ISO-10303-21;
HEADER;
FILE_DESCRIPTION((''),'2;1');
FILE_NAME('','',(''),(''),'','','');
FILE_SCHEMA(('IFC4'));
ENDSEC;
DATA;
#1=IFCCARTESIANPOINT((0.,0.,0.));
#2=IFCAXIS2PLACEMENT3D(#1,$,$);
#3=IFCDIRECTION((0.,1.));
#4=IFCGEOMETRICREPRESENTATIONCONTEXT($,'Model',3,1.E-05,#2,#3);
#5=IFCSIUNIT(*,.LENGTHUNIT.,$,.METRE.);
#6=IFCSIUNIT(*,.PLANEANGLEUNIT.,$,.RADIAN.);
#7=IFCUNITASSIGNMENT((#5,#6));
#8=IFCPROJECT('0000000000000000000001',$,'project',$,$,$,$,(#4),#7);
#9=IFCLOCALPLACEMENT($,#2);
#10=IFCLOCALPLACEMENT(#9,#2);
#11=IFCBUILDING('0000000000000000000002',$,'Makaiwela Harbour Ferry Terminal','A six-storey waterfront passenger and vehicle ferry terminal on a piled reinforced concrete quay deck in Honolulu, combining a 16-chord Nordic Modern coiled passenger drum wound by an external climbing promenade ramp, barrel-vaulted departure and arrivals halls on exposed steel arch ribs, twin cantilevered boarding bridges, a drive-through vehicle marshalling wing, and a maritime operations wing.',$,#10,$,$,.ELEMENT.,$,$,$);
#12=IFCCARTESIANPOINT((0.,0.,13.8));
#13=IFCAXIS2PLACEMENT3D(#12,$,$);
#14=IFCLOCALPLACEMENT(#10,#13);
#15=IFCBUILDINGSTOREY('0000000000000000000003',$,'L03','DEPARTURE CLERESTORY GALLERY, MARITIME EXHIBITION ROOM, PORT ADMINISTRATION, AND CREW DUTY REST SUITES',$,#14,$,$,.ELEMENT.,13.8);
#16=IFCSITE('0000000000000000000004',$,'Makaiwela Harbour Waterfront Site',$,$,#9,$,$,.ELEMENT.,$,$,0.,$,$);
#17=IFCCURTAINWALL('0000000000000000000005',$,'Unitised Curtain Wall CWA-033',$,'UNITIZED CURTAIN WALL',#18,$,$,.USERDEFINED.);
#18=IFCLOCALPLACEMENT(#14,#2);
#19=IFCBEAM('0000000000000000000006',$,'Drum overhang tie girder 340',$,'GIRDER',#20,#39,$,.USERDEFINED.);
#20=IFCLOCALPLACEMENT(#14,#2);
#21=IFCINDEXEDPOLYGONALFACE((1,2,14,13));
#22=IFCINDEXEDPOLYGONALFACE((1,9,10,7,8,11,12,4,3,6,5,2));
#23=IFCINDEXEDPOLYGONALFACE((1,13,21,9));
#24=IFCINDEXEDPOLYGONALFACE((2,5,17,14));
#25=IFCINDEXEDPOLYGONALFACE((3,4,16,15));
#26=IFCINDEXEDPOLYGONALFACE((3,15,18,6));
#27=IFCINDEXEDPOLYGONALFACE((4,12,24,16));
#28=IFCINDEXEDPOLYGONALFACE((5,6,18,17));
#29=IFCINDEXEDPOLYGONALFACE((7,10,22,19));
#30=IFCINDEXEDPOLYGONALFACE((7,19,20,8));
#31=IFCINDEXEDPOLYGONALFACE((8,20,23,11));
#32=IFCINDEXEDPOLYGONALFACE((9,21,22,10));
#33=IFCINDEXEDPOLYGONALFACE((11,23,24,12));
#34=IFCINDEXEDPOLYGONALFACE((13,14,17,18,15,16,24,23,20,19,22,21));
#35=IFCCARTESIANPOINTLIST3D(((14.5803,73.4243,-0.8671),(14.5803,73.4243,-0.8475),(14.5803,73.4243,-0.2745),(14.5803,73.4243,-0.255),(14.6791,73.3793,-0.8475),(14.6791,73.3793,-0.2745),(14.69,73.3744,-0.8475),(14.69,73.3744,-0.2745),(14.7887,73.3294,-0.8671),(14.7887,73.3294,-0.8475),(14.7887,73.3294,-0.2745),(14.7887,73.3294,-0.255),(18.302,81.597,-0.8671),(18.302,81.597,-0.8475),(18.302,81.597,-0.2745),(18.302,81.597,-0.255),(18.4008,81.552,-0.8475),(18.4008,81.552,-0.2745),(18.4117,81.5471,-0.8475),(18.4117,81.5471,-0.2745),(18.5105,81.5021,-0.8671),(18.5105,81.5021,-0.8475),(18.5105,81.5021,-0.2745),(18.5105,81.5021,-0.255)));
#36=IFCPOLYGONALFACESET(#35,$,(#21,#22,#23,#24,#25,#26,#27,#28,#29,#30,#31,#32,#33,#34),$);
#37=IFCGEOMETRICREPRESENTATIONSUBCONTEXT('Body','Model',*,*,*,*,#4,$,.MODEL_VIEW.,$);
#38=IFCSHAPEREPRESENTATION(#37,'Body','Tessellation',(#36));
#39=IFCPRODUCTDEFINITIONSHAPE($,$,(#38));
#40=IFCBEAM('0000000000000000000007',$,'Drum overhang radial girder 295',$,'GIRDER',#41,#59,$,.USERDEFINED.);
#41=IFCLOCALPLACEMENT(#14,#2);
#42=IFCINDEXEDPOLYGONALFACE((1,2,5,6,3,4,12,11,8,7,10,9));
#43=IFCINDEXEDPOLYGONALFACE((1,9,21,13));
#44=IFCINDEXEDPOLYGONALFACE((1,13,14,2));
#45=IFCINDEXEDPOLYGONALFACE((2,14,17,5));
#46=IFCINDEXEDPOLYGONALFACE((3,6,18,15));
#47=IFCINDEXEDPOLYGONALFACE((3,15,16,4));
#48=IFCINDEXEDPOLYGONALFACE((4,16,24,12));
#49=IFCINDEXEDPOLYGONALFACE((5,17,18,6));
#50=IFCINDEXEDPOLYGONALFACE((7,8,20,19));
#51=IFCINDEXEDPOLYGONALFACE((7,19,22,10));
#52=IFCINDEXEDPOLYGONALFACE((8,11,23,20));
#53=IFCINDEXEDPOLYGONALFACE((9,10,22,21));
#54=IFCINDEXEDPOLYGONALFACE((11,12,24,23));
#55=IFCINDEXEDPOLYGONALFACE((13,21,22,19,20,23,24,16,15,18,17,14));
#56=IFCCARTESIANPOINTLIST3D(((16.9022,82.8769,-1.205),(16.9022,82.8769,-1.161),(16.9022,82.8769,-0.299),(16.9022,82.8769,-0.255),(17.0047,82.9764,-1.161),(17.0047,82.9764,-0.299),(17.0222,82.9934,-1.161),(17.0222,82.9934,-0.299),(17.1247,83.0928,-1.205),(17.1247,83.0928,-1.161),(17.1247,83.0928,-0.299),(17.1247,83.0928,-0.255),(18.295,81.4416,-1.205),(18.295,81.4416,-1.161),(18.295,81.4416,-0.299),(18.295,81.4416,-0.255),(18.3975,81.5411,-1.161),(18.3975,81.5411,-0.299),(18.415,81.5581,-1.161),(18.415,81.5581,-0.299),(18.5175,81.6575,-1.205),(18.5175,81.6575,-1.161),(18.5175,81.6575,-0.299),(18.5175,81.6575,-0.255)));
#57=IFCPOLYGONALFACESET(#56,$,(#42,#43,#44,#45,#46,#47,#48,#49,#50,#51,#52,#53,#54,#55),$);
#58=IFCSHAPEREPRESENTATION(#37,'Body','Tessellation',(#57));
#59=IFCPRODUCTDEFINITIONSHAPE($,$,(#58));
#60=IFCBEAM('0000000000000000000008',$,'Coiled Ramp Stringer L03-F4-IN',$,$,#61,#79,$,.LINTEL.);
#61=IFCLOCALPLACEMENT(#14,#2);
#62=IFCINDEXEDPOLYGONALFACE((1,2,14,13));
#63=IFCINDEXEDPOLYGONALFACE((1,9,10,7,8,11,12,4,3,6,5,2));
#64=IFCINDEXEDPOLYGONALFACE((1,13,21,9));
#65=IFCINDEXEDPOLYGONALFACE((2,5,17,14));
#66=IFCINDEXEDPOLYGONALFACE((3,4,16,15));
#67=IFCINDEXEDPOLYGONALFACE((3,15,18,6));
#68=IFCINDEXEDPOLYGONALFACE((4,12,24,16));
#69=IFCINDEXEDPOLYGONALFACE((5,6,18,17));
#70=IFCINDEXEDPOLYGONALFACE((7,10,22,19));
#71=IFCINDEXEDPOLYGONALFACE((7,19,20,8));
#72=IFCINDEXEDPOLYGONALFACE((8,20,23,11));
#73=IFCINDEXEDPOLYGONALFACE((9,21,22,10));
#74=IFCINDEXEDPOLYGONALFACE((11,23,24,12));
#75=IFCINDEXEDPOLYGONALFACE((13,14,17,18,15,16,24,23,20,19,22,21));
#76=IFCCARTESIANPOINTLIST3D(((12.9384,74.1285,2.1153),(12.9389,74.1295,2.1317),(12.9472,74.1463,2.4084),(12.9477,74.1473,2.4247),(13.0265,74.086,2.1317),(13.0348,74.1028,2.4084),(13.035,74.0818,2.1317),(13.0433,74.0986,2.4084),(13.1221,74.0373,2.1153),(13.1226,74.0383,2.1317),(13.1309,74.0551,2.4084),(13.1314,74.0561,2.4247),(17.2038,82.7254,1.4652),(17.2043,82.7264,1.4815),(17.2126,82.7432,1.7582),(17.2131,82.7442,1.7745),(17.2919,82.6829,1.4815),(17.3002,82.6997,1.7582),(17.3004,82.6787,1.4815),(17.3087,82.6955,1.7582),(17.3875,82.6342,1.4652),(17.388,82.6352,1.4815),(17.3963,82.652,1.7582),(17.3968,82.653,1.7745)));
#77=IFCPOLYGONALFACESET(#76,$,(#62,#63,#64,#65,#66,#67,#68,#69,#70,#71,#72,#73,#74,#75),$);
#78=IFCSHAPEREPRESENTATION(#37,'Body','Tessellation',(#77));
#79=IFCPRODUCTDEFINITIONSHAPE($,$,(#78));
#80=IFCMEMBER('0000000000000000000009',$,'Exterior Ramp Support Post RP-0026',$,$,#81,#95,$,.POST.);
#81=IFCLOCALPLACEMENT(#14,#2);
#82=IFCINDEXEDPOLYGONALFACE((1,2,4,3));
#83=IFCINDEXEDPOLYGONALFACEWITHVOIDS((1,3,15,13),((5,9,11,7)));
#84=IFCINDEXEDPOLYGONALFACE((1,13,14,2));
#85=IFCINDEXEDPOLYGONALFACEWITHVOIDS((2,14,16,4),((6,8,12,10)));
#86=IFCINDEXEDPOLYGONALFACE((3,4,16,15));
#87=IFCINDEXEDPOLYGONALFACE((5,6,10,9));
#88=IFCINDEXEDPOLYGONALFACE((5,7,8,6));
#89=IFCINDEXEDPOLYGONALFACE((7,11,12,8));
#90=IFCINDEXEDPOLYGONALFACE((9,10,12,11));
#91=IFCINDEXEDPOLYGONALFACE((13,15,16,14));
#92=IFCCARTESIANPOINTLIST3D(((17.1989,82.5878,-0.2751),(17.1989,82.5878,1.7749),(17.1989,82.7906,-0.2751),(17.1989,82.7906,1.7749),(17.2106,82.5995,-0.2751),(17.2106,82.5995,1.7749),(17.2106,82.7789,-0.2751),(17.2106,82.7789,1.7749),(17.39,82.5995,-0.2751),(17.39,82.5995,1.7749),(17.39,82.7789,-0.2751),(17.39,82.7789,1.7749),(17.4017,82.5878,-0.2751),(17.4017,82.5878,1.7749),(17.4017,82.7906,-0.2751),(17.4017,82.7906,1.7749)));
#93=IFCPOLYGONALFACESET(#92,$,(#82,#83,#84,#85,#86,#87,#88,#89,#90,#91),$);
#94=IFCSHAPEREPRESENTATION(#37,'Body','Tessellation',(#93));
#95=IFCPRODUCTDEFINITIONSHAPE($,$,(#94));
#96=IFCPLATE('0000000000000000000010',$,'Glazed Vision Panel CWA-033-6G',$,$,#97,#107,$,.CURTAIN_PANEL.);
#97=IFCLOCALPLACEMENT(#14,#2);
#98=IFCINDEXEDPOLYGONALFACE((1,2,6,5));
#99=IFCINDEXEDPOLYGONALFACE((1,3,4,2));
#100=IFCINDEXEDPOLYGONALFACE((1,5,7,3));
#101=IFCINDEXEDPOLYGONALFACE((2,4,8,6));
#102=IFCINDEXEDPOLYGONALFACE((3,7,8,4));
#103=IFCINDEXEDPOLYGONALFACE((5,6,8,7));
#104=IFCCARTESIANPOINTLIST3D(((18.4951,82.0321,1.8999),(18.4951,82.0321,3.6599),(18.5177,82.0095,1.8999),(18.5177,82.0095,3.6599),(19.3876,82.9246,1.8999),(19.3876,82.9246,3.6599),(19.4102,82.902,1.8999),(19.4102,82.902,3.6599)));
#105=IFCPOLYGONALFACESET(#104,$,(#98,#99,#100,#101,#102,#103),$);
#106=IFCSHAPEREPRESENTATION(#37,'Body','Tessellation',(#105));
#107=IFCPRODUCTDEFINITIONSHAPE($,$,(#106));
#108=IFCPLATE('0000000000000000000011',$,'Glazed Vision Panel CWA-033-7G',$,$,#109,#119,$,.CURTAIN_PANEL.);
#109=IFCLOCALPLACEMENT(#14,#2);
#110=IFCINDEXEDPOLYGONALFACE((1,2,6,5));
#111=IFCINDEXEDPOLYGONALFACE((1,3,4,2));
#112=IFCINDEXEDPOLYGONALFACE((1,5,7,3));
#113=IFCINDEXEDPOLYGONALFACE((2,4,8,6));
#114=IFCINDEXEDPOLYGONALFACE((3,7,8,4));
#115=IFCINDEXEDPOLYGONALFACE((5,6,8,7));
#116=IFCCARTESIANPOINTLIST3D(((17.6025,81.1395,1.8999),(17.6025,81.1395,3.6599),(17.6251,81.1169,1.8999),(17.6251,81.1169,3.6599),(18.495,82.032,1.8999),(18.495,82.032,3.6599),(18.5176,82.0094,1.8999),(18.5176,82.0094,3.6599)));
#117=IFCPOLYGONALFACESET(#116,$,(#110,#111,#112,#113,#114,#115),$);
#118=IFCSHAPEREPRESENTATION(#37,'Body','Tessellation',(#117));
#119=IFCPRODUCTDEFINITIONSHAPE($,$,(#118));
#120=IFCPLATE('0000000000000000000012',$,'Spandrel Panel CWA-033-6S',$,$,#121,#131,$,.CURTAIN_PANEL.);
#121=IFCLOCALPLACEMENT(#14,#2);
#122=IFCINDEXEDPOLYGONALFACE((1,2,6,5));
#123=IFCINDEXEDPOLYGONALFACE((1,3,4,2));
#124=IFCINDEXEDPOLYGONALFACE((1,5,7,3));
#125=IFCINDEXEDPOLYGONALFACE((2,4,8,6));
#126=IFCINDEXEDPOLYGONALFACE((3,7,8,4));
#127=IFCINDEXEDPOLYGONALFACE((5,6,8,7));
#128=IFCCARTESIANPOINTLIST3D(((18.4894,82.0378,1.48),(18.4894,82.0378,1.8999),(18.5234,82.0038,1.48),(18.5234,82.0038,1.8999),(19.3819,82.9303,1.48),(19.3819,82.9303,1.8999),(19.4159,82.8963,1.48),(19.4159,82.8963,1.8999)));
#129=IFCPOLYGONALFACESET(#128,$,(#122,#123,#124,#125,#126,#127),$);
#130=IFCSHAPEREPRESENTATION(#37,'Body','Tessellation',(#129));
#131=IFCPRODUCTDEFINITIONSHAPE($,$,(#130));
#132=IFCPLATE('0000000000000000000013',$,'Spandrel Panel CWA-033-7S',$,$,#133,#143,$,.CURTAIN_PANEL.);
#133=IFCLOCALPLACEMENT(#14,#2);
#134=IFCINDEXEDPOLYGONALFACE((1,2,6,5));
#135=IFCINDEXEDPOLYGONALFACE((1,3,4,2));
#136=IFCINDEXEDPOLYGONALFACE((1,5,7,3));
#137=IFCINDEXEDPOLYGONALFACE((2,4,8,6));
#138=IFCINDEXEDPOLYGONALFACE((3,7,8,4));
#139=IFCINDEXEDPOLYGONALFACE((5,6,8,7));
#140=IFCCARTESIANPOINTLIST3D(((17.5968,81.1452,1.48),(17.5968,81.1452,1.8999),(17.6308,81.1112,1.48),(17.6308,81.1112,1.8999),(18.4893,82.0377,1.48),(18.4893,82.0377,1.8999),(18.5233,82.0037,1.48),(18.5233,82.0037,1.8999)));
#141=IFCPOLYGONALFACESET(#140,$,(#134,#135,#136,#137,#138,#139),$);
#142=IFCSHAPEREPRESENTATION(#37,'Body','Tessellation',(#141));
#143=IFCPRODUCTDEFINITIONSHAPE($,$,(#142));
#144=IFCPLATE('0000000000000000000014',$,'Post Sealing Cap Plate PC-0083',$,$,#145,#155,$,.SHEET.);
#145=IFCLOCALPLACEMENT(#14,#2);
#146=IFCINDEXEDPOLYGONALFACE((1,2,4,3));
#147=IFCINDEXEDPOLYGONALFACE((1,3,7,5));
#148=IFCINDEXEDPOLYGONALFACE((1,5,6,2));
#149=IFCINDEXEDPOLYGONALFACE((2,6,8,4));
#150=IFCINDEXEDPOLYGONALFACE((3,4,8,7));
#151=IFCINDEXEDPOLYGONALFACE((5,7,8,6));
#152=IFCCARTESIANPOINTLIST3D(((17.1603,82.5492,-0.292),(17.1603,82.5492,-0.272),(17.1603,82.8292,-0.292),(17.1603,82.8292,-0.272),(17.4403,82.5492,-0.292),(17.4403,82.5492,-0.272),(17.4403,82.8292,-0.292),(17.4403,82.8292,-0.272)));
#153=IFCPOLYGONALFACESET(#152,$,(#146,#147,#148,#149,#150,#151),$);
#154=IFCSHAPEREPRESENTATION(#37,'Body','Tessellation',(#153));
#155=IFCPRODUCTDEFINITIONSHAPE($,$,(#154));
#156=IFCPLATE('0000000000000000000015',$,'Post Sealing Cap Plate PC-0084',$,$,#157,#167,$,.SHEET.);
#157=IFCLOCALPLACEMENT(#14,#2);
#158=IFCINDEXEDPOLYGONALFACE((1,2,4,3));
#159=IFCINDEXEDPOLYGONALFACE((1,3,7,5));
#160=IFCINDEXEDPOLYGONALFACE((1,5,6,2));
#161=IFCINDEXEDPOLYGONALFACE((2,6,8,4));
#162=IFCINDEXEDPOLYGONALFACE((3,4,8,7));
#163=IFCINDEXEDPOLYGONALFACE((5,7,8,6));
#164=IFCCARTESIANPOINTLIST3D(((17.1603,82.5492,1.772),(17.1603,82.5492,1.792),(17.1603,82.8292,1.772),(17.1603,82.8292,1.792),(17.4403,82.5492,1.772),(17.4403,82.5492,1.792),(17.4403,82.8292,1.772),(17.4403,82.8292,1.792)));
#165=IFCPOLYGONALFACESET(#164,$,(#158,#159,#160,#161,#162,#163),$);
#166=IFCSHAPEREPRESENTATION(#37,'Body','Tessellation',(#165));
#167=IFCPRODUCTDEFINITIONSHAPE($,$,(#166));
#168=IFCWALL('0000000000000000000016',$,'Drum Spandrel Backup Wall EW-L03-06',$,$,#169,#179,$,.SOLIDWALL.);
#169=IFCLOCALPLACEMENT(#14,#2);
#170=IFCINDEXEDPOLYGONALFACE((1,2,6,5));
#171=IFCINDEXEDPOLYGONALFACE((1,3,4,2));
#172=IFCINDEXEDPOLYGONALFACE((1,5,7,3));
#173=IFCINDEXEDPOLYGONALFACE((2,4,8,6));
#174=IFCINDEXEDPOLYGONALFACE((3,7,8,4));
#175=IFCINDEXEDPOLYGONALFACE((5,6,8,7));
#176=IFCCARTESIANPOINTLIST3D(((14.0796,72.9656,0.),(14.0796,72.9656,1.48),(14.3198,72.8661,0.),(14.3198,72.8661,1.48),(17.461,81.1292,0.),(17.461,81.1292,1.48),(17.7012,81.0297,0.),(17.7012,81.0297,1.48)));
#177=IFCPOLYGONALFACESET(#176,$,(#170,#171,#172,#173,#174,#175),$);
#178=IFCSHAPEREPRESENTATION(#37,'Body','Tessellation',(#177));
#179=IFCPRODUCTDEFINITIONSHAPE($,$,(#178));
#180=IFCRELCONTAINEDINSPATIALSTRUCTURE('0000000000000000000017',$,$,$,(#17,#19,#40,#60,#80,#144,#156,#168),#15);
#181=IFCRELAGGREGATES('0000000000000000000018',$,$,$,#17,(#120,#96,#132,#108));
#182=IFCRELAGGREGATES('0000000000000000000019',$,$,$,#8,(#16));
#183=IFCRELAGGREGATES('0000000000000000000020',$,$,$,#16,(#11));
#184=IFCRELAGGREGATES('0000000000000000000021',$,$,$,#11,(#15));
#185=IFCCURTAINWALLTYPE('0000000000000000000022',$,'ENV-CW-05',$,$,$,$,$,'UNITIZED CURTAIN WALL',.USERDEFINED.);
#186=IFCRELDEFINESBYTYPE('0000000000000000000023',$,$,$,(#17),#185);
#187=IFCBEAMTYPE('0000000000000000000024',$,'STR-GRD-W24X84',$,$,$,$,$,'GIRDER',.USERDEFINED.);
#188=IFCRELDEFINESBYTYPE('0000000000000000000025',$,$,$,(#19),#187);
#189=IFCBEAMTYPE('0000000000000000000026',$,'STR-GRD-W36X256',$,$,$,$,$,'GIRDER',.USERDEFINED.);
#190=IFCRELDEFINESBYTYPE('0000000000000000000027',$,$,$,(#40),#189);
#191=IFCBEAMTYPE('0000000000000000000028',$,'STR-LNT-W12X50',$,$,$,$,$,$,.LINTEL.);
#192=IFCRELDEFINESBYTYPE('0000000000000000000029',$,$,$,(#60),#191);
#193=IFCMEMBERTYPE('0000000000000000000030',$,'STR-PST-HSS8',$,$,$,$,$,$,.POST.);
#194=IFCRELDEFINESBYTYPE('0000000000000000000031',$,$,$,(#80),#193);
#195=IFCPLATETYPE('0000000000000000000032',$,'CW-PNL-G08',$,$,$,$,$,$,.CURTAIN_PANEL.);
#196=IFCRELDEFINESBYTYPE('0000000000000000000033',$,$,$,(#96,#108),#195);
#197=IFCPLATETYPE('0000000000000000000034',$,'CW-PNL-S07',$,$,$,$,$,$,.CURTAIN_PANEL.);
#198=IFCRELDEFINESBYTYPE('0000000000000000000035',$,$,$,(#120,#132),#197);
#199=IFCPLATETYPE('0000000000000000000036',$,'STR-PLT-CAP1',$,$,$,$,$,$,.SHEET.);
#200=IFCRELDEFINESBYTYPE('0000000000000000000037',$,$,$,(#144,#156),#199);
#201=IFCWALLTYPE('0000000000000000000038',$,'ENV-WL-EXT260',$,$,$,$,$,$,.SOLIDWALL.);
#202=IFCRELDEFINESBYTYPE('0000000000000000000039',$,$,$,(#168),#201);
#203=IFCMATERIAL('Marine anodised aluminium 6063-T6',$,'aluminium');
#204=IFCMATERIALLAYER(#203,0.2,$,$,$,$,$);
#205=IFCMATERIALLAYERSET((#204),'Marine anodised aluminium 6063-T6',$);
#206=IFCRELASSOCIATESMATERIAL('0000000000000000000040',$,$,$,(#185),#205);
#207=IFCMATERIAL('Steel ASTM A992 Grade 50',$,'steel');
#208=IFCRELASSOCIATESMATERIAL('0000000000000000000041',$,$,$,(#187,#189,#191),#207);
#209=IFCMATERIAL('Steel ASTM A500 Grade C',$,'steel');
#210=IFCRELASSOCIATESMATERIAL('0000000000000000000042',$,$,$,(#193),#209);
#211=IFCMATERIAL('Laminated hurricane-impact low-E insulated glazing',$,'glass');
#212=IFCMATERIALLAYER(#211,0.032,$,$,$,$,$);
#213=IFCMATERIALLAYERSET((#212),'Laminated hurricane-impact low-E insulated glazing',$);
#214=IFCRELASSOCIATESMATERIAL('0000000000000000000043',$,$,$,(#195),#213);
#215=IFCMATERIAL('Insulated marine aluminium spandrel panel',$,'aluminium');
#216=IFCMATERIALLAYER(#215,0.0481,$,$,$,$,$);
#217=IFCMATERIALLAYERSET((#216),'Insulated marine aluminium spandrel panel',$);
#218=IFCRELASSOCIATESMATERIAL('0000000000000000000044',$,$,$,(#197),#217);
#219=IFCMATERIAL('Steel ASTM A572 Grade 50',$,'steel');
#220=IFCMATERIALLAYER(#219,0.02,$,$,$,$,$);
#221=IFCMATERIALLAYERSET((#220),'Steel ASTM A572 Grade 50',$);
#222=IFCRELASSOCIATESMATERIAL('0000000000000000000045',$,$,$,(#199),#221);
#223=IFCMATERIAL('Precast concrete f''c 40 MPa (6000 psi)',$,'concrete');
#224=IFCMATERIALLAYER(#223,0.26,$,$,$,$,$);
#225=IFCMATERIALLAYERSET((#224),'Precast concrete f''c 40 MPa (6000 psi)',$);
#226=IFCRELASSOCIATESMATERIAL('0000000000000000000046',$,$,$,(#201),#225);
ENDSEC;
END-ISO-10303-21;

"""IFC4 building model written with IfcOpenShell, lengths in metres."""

from ifc_helpers import new_model, si_unit, direction, frame, frame_2d, origin, origin_2d, place, context, subcontext, project, spatial, rectangle, hollow_rectangle, i_section, extrude, material, layer, layer_set, material_profile, profile_set, type_object, element, aggregate, save


model = new_model("IFC4")

# Units and contexts
model_context = context("Model", 3, precision=1e-05, world=origin(), true_north=direction((0.0, 1.0)))
body_context = subcontext(model_context, "Body", "Model", "MODEL_VIEW")
ifc_project = project(units=[si_unit("LENGTHUNIT", "METRE"), si_unit("PLANEANGLEUNIT", "RADIAN")], contexts=[model_context])

# Site, building, storey
site_placement = place(None, origin())
site = spatial("IfcSite", under=ifc_project, at=site_placement, Name="Makaiwela Harbour Waterfront Site", CompositionType="ELEMENT", RefElevation=0.0)
building_placement = place(site_placement, origin())
building = spatial("IfcBuilding", under=site, at=building_placement, Name="Makaiwela Harbour Ferry Terminal", Description="A six-storey waterfront passenger and vehicle ferry terminal on a piled reinforced concrete quay deck in Honolulu, combining a 16-chord Nordic Modern coiled passenger drum wound by an external climbing promenade ramp, barrel-vaulted departure and arrivals halls on exposed steel arch ribs, twin cantilevered boarding bridges, a drive-through vehicle marshalling wing, and a maritime operations wing.", CompositionType="ELEMENT")
storey_placement = place(building_placement, frame((0.0, 0.0, 13.8)))
storey = spatial("IfcBuildingStorey", under=building, at=storey_placement, Name="L03", Description="DEPARTURE CLERESTORY GALLERY, MARITIME EXHIBITION ROOM, PORT ADMINISTRATION, AND CREW DUTY REST SUITES", CompositionType="ELEMENT", Elevation=13.8)

# Curtain wall
ifc_material_1 = material(Name="Marine anodised aluminium 6063-T6", Category="aluminium")
ifc_layer_1 = layer(ifc_material_1, 0.2)
ifc_layer_set_1 = layer_set([ifc_layer_1], Name="Marine anodised aluminium 6063-T6")
curtain_wall_type = type_object("IfcCurtainWallType", Name="ENV-CW-05", ElementType="UNITIZED CURTAIN WALL", PredefinedType="USERDEFINED", material=ifc_layer_set_1)
curtain_wall_1_placement = place(storey_placement, origin())
curtain_wall_1 = element("IfcCurtainWall", 1, at=curtain_wall_1_placement, inside=storey, type_object=curtain_wall_type, Name="Unitised Curtain Wall CWA-033", ObjectType="UNITIZED CURTAIN WALL", PredefinedType="USERDEFINED")

# Beams
ifc_material_2 = material(Name="Steel ASTM A992 Grade 50", Category="steel")
ifc_material_profile_1 = material_profile(ifc_material_2, i_section(OverallWidth=0.229, OverallDepth=0.6121, WebThickness=0.012, FlangeThickness=0.0195, at=origin_2d()), Name="W24X84")
ifc_profile_set_1 = profile_set([ifc_material_profile_1], Name="Steel ASTM A992 Grade 50")
beam_type_1 = type_object("IfcBeamType", Name="STR-GRD-W24X84", ElementType="GIRDER", PredefinedType="USERDEFINED", material=ifc_profile_set_1)
beam_1_placement = place(storey_placement, frame((18.4062, 81.5496, -0.561), z_axis=(-0.414436, -0.910079, 0.0), x_axis=(0.910079, -0.414436, 0.0)))
element("IfcBeam", 2, at=beam_1_placement, inside=storey, type_object=beam_type_1, Name="Drum overhang tie girder 340", ObjectType="GIRDER", PredefinedType="USERDEFINED", context=body_context, shape_type="SweptSolid", body=[
    extrude(i_section(OverallWidth=0.229, OverallDepth=0.6121, WebThickness=0.012, FlangeThickness=0.0195, at=origin_2d()), origin(), (0.0, 0.0, 1.0), 8.9802),
])
ifc_material_profile_2 = material_profile(ifc_material_2, i_section(OverallWidth=0.3101, OverallDepth=0.95, WebThickness=0.0244, FlangeThickness=0.0439, at=origin_2d()), Name="W36X256")
ifc_profile_set_2 = profile_set([ifc_material_profile_2], Name="Steel ASTM A992 Grade 50")
beam_type_2 = type_object("IfcBeamType", Name="STR-GRD-W36X256", ElementType="GIRDER", PredefinedType="USERDEFINED", material=ifc_profile_set_2)
beam_2_placement = place(storey_placement, frame((18.4062, 81.5496, -0.73), z_axis=(-0.696407, 0.717647, 0.0), x_axis=(-0.717647, -0.696407, 0.0)))
element("IfcBeam", 3, at=beam_2_placement, inside=storey, type_object=beam_type_2, Name="Drum overhang radial girder 295", ObjectType="GIRDER", PredefinedType="USERDEFINED", context=body_context, shape_type="SweptSolid", body=[
    extrude(i_section(OverallWidth=0.3101, OverallDepth=0.95, WebThickness=0.0244, FlangeThickness=0.0439, at=origin_2d()), origin(), (0.0, 0.0, 1.0), 2.0),
])
ifc_material_profile_3 = material_profile(ifc_material_2, i_section(OverallWidth=0.2051, OverallDepth=0.3101, WebThickness=0.0095, FlangeThickness=0.0164, at=origin_2d()), Name="W12X50")
ifc_profile_set_3 = profile_set([ifc_material_profile_3], Name="Steel ASTM A992 Grade 50")
beam_type_3 = type_object("IfcBeamType", Name="STR-LNT-W12X50", PredefinedType="LINTEL", material=ifc_profile_set_3)
beam_3_placement = place(storey_placement, frame((17.3003, 82.6892, 1.6199), z_axis=(-0.443437, -0.893753, 0.067591), x_axis=(0.895802, -0.444454, 0.0)))
element("IfcBeam", 4, at=beam_3_placement, inside=storey, type_object=beam_type_3, Name="Coiled Ramp Stringer L03-F4-IN", PredefinedType="LINTEL", context=body_context, shape_type="SweptSolid", body=[
    extrude(i_section(OverallWidth=0.2051, OverallDepth=0.3101, WebThickness=0.0095, FlangeThickness=0.0164, at=origin_2d()), origin(), (0.0, 0.0, 1.0), 9.6189),
])

# Member
ifc_material_3 = material(Name="Steel ASTM A500 Grade C", Category="steel")
ifc_material_profile_4 = material_profile(ifc_material_3, hollow_rectangle(XDim=0.2029, YDim=0.2029, WallThickness=0.0117, at=origin_2d()), Name="HSS8X8X1/2")
ifc_profile_set_4 = profile_set([ifc_material_profile_4], Name="Steel ASTM A500 Grade C")
member_type_1 = type_object("IfcMemberType", Name="STR-PST-HSS8", PredefinedType="POST", material=ifc_profile_set_4)
member_1_placement = place(storey_placement, frame((17.3003, 82.6892, -0.2751), z_axis=(0.0, 0.0, 1.0), x_axis=(1.0, 0.0, 0.0)))
element("IfcMember", 5, at=member_1_placement, inside=storey, type_object=member_type_1, Name="Exterior Ramp Support Post RP-0026", PredefinedType="POST", context=body_context, shape_type="SweptSolid", body=[
    extrude(hollow_rectangle(XDim=0.2029, YDim=0.2029, WallThickness=0.0117, at=origin_2d()), origin(), (0.0, 0.0, 1.0), 2.05),
])

# Plates
ifc_material_4 = material(Name="Laminated hurricane-impact low-E insulated glazing", Category="glass")
ifc_layer_2 = layer(ifc_material_4, 0.032)
ifc_layer_set_2 = layer_set([ifc_layer_2], Name="Laminated hurricane-impact low-E insulated glazing")
plate_type_1 = type_object("IfcPlateType", Name="CW-PNL-G08", PredefinedType="CURTAIN_PANEL", material=ifc_layer_set_2)
plate_1_placement = place(storey_placement, frame((18.9526, 82.467, 1.8999), z_axis=(0.0, 0.0, 1.0), x_axis=(-0.707107, -0.707107, 0.0)))
plate_1 = element("IfcPlate", 6, at=plate_1_placement, type_object=plate_type_1, Name="Glazed Vision Panel CWA-033-6G", PredefinedType="CURTAIN_PANEL", context=body_context, shape_type="SweptSolid", body=[
    extrude(rectangle(XDim=1.2622, YDim=0.032, at=origin_2d()), origin(), (0.0, 0.0, 1.0), 1.76),
])
plate_2_placement = place(storey_placement, frame((18.0601, 81.5745, 1.8999), z_axis=(0.0, 0.0, 1.0), x_axis=(-0.707107, -0.707107, 0.0)))
plate_2 = element("IfcPlate", 7, at=plate_2_placement, type_object=plate_type_1, Name="Glazed Vision Panel CWA-033-7G", PredefinedType="CURTAIN_PANEL", context=body_context, shape_type="SweptSolid", body=[
    extrude(rectangle(XDim=1.2622, YDim=0.032, at=origin_2d()), origin(), (0.0, 0.0, 1.0), 1.76),
])
ifc_material_5 = material(Name="Insulated marine aluminium spandrel panel", Category="aluminium")
ifc_layer_3 = layer(ifc_material_5, 0.0481)
ifc_layer_set_3 = layer_set([ifc_layer_3], Name="Insulated marine aluminium spandrel panel")
plate_type_2 = type_object("IfcPlateType", Name="CW-PNL-S07", PredefinedType="CURTAIN_PANEL", material=ifc_layer_set_3)
plate_3_placement = place(storey_placement, frame((18.9526, 82.467, 1.48), z_axis=(0.0, 0.0, 1.0), x_axis=(-0.707107, -0.707107, 0.0)))
plate_3 = element("IfcPlate", 8, at=plate_3_placement, type_object=plate_type_2, Name="Spandrel Panel CWA-033-6S", PredefinedType="CURTAIN_PANEL", context=body_context, shape_type="SweptSolid", body=[
    extrude(rectangle(XDim=1.2622, YDim=0.0481, at=origin_2d()), origin(), (0.0, 0.0, 1.0), 0.4199),
])
plate_4_placement = place(storey_placement, frame((18.0601, 81.5745, 1.48), z_axis=(0.0, 0.0, 1.0), x_axis=(-0.707107, -0.707107, 0.0)))
plate_4 = element("IfcPlate", 9, at=plate_4_placement, type_object=plate_type_2, Name="Spandrel Panel CWA-033-7S", PredefinedType="CURTAIN_PANEL", context=body_context, shape_type="SweptSolid", body=[
    extrude(rectangle(XDim=1.2622, YDim=0.0481, at=origin_2d()), origin(), (0.0, 0.0, 1.0), 0.4199),
])
aggregate(curtain_wall_1, [plate_3, plate_1, plate_4, plate_2])

# Plates
ifc_material_6 = material(Name="Steel ASTM A572 Grade 50", Category="steel")
ifc_layer_4 = layer(ifc_material_6, 0.02)
ifc_layer_set_4 = layer_set([ifc_layer_4], Name="Steel ASTM A572 Grade 50")
plate_type_3 = type_object("IfcPlateType", Name="STR-PLT-CAP1", PredefinedType="SHEET", material=ifc_layer_set_4)
for number, where, z_axis, x_axis, name in (
    (10, (17.3003, 82.6892, -0.292), (0.0, 0.0, 1.0), (1.0, 0.0, 0.0), "Post Sealing Cap Plate PC-0083"),
    (11, (17.3003, 82.6892, 1.772), (0.0, 0.0, 1.0), (1.0, 0.0, 0.0), "Post Sealing Cap Plate PC-0084"),
):
    element("IfcPlate", number, at=place(storey_placement, frame(where, z_axis=z_axis, x_axis=x_axis)), inside=storey, type_object=plate_type_3, Name=name, PredefinedType="SHEET", context=body_context, shape_type="SweptSolid", body=[
        extrude(rectangle(XDim=0.28, YDim=0.28, at=origin_2d()), origin(), (0.0, 0.0, 1.0), 0.02),
    ])

# Wall
ifc_material_7 = material(Name="Precast concrete f'c 40 MPa (6000 psi)", Category="concrete")
ifc_layer_5 = layer(ifc_material_7, 0.26)
ifc_layer_set_5 = layer_set([ifc_layer_5], Name="Precast concrete f'c 40 MPa (6000 psi)")
wall_type = type_object("IfcWallType", Name="ENV-WL-EXT260", PredefinedType="SOLIDWALL", material=ifc_layer_set_5)
wall_placement = place(storey_placement, frame((17.5811, 81.0793, 0.0), z_axis=(0.0, 0.0, 1.0), x_axis=(-0.382672, -0.923884, 0.0)))
element("IfcWall", 12, at=wall_placement, inside=storey, type_object=wall_type, Name="Drum Spandrel Backup Wall EW-L03-06", PredefinedType="SOLIDWALL", context=body_context, shape_type="SweptSolid", body=[
    extrude(rectangle(XDim=8.8362, YDim=0.26, at=frame_2d((4.418, 0.0))), origin(), (0.0, 0.0, 1.0), 1.48),
])

save(model, "model.ifc")
